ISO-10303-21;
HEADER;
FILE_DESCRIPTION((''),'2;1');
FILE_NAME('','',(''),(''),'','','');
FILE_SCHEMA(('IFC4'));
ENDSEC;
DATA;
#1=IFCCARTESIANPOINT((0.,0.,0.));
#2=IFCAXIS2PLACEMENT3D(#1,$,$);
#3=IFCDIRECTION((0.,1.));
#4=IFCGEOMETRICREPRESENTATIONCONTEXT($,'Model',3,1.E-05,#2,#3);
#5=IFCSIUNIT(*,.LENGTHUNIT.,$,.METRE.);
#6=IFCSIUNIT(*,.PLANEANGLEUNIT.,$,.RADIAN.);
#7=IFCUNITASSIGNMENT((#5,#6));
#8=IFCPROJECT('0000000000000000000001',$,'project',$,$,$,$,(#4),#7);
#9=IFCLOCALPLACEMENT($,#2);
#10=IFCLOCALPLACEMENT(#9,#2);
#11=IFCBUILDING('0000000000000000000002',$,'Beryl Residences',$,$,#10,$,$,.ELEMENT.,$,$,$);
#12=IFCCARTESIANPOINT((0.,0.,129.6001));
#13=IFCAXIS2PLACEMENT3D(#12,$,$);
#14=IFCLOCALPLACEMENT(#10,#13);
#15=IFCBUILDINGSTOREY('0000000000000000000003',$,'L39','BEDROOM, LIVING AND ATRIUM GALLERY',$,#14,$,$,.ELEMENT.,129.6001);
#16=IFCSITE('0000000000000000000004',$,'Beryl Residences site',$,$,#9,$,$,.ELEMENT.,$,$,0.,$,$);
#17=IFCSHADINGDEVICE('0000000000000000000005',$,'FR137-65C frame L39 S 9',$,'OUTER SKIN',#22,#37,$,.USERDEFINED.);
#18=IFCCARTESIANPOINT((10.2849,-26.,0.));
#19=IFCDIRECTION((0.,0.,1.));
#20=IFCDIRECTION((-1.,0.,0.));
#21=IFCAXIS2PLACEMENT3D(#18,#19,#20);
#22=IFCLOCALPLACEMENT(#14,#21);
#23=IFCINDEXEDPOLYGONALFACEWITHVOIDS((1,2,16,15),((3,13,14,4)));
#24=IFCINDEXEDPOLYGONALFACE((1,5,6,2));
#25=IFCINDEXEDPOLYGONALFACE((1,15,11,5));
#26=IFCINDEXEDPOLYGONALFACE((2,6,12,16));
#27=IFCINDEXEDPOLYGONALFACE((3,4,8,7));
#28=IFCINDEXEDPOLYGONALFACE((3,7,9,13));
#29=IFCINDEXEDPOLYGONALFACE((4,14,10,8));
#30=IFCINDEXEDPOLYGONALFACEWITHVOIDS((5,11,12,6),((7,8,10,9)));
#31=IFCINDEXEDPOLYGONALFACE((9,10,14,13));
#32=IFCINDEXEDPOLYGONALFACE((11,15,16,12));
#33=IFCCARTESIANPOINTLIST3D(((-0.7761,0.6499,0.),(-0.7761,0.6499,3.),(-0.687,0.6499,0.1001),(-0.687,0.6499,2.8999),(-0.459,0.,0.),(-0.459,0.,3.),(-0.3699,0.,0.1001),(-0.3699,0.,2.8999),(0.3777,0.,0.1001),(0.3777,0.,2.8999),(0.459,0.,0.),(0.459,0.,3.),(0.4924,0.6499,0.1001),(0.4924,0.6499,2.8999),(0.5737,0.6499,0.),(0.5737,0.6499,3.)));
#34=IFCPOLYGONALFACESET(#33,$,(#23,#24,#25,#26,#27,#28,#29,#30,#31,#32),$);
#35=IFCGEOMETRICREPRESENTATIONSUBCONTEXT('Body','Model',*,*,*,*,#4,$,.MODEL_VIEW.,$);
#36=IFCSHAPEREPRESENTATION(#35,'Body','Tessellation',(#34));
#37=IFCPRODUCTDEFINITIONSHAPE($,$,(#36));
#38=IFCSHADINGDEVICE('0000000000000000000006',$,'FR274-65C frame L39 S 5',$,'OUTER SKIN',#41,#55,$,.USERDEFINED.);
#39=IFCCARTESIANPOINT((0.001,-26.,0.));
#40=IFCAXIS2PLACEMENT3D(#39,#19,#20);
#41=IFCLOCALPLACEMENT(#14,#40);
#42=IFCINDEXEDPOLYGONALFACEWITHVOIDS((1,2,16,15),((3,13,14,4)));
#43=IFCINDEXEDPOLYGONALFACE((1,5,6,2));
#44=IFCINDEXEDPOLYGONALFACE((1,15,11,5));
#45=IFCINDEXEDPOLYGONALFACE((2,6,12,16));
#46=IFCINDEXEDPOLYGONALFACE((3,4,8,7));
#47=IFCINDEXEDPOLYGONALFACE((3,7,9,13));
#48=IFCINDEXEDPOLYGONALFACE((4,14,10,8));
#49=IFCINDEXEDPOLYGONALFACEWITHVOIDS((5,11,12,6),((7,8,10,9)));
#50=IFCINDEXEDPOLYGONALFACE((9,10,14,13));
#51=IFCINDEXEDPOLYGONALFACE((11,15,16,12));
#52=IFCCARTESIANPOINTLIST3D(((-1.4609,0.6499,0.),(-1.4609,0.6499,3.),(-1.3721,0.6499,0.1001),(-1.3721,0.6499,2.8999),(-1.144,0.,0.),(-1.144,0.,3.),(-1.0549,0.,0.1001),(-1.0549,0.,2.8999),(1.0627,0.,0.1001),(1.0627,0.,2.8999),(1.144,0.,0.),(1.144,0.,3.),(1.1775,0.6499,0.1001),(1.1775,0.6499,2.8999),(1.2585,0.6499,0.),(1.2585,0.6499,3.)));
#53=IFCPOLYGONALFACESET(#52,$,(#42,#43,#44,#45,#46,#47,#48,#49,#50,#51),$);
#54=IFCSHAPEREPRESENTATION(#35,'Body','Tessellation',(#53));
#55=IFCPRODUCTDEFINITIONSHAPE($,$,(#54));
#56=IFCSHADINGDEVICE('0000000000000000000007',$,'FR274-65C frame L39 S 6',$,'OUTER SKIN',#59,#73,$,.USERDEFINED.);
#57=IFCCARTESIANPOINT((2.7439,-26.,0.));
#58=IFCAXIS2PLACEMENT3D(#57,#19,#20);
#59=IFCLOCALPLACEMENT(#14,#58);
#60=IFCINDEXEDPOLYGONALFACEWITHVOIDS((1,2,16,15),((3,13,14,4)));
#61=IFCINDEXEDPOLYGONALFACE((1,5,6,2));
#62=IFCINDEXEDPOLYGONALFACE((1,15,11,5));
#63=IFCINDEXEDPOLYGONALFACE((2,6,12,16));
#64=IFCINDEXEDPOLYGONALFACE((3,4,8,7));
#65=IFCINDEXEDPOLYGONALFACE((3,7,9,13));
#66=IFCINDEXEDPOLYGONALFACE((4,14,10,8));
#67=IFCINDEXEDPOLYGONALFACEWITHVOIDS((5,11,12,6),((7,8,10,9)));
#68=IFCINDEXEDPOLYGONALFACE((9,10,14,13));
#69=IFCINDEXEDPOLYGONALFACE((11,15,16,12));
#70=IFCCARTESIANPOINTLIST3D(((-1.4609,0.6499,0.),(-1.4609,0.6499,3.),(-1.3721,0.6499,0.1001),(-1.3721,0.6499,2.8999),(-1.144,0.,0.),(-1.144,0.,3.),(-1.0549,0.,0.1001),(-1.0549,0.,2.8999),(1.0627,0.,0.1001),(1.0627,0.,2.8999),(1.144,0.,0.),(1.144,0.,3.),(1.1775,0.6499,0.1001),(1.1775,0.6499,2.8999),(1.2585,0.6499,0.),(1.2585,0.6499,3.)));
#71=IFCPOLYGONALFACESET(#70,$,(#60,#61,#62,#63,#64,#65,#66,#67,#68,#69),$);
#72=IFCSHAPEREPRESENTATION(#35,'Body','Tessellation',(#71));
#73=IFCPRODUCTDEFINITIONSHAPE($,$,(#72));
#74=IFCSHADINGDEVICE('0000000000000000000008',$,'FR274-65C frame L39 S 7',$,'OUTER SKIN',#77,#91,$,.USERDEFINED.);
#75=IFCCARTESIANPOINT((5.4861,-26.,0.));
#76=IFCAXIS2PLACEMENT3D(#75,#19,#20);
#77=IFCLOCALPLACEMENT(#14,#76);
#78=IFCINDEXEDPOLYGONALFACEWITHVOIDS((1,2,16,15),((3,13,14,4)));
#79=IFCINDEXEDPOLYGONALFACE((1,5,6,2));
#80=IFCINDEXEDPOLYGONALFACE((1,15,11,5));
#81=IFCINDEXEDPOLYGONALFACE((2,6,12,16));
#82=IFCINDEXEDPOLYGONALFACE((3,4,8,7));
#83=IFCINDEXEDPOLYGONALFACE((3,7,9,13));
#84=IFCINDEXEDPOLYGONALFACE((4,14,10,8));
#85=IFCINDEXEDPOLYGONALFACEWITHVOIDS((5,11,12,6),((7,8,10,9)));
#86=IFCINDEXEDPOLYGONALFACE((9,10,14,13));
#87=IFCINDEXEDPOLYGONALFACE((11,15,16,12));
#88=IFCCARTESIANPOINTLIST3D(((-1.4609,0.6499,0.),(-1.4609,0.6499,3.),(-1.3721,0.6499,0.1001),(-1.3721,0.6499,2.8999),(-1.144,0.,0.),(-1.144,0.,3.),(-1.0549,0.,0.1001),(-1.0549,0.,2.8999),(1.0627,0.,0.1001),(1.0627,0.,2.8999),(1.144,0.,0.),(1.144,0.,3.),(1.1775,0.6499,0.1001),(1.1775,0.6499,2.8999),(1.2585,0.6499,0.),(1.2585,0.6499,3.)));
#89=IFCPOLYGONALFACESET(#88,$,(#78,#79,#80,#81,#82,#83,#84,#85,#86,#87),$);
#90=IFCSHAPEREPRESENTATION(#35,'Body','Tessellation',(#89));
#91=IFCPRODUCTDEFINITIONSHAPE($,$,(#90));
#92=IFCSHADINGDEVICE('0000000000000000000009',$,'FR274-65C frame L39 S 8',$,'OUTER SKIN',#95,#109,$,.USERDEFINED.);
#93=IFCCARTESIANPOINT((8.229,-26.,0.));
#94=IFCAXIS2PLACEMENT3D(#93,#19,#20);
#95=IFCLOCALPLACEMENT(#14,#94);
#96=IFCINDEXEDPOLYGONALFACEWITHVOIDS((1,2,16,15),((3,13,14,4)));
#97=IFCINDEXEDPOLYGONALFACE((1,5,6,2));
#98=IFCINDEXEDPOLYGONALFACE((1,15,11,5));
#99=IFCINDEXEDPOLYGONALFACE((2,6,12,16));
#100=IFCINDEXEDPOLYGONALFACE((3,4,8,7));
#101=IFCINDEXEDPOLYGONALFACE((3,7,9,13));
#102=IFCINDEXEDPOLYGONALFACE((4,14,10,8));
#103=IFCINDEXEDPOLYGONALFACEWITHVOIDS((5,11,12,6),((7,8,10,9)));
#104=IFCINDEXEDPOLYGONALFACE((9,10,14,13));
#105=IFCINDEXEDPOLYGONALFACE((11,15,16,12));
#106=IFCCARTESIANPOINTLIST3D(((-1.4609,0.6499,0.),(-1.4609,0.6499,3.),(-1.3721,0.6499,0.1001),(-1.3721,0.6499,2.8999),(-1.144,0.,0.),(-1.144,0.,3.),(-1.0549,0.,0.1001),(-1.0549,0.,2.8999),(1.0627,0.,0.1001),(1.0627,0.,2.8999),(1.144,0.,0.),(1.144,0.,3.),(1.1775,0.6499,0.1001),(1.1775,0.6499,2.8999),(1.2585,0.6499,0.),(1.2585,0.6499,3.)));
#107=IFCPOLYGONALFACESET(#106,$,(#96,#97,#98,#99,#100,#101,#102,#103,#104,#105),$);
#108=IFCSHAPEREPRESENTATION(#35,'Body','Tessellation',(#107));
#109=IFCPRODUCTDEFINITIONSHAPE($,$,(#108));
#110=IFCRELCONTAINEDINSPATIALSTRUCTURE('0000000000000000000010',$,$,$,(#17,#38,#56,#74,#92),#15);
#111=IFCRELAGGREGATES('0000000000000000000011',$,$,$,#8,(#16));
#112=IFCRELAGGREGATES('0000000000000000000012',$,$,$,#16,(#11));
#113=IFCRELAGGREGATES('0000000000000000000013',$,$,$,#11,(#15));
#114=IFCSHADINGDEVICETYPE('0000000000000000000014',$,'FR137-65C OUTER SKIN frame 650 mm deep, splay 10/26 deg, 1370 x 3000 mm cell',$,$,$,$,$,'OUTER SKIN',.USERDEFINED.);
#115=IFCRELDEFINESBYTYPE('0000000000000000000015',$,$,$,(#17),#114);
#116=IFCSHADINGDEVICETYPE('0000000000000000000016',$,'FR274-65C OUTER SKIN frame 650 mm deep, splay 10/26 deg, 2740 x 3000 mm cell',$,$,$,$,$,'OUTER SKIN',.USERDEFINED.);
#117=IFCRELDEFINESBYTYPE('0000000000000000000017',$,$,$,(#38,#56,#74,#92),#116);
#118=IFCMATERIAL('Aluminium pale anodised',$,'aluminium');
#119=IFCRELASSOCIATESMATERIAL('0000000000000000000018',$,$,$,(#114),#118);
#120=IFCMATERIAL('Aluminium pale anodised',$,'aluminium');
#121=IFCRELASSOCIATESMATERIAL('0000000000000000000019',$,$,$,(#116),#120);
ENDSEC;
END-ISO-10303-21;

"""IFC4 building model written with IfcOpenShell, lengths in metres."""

from ifc_helpers import new_model, entity, si_unit, direction, frame, origin, place, context, subcontext, project, spatial, source, transform, mapped, material, type_object, type_shapes, element, save


model = new_model("IFC4")

# Units and contexts
model_context = context("Model", 3, precision=1e-05, world=origin(), true_north=direction((0.0, 1.0)))
body_context = subcontext(model_context, "Body", "Model", "MODEL_VIEW")
ifc_project = project(units=[si_unit("LENGTHUNIT", "METRE"), si_unit("PLANEANGLEUNIT", "RADIAN")], contexts=[model_context])

# Site, building, storey
site_placement = place(None, origin())
site = spatial("IfcSite", under=ifc_project, at=site_placement, Name="Beryl Residences site", CompositionType="ELEMENT", RefElevation=0.0)
building_placement = place(site_placement, origin())
building = spatial("IfcBuilding", under=site, at=building_placement, Name="Beryl Residences", CompositionType="ELEMENT")
storey_placement = place(building_placement, frame((0.0, 0.0, 129.6001)))
storey = spatial("IfcBuildingStorey", under=building, at=storey_placement, Name="L39", Description="BEDROOM, LIVING AND ATRIUM GALLERY", CompositionType="ELEMENT", Elevation=129.6001)

# Shading devices
ifc_material_1 = material(Name="Aluminium pale anodised", Category="aluminium")
shading_device_type_1 = type_object("IfcShadingDeviceType", Name="FR137-65C OUTER SKIN frame 650 mm deep, splay 10/26 deg, 1370 x 3000 mm cell", ElementType="OUTER SKIN", PredefinedType="USERDEFINED", material=ifc_material_1)
cartesian_point_1 = entity("IfcCartesianPoint", [-0.459, 0.0])
cartesian_point_2 = entity("IfcCartesianPoint", [-0.3777, 0.1001])
cartesian_point_3 = entity("IfcCartesianPoint", [-0.5737, 0.0])
cartesian_point_4 = entity("IfcCartesianPoint", [-0.4924, 0.1001])
shared_shape_1 = source(origin(), body_context, "Body", "SweptSolid", [
    entity("IfcExtrudedAreaSolidTapered", entity("IfcArbitraryProfileDefWithVoids", "AREA", None, entity("IfcPolyline", [cartesian_point_1, entity("IfcCartesianPoint", [0.459, 0.0]), entity("IfcCartesianPoint", [0.459, 3.0]), entity("IfcCartesianPoint", [-0.459, 3.0]), cartesian_point_1]), [entity("IfcPolyline", [cartesian_point_2, entity("IfcCartesianPoint", [0.3699, 0.1001]), entity("IfcCartesianPoint", [0.3699, 2.8999]), entity("IfcCartesianPoint", [-0.3777, 2.8999]), cartesian_point_2])]), entity("IfcAxis2Placement3D", entity("IfcCartesianPoint", [0.0, 0.0, 0.0]), entity("IfcDirection", [0.0, 1.0, 0.0]), entity("IfcDirection", [-1.0, 0.0, 0.0])), entity("IfcDirection", [0.0, 0.0, 1.0]), 0.6499, entity("IfcArbitraryProfileDefWithVoids", "AREA", None, entity("IfcPolyline", [cartesian_point_3, entity("IfcCartesianPoint", [0.7761, 0.0]), entity("IfcCartesianPoint", [0.7761, 3.0]), entity("IfcCartesianPoint", [-0.5737, 3.0]), cartesian_point_3]), [entity("IfcPolyline", [cartesian_point_4, entity("IfcCartesianPoint", [0.687, 0.1001]), entity("IfcCartesianPoint", [0.687, 2.8999]), entity("IfcCartesianPoint", [-0.4924, 2.8999]), cartesian_point_4])])),
])
type_shapes(shading_device_type_1, [shared_shape_1])
shading_device_placement = place(storey_placement, frame((10.2849, -26.0, 0.0), z_axis=(0.0, 0.0, 1.0), x_axis=(-1.0, 0.0, 0.0)))
element("IfcShadingDevice", 1, at=shading_device_placement, inside=storey, type_object=shading_device_type_1, Name="FR137-65C frame L39 S 9", ObjectType="OUTER SKIN", PredefinedType="USERDEFINED", context=body_context, shape_type="MappedRepresentation", body=[
    mapped(shared_shape_1, transform((0.0, 0.0, 0.0))),
])
ifc_material_2 = material(Name="Aluminium pale anodised", Category="aluminium")
shading_device_type_2 = type_object("IfcShadingDeviceType", Name="FR274-65C OUTER SKIN frame 650 mm deep, splay 10/26 deg, 2740 x 3000 mm cell", ElementType="OUTER SKIN", PredefinedType="USERDEFINED", material=ifc_material_2)
cartesian_point_5 = entity("IfcCartesianPoint", [-1.144, 0.0])
cartesian_point_6 = entity("IfcCartesianPoint", [-1.0627, 0.1001])
cartesian_point_7 = entity("IfcCartesianPoint", [-1.2585, 0.0])
cartesian_point_8 = entity("IfcCartesianPoint", [-1.1775, 0.1001])
shared_shape_2 = source(origin(), body_context, "Body", "SweptSolid", [
    entity("IfcExtrudedAreaSolidTapered", entity("IfcArbitraryProfileDefWithVoids", "AREA", None, entity("IfcPolyline", [cartesian_point_5, entity("IfcCartesianPoint", [1.144, 0.0]), entity("IfcCartesianPoint", [1.144, 3.0]), entity("IfcCartesianPoint", [-1.144, 3.0]), cartesian_point_5]), [entity("IfcPolyline", [cartesian_point_6, entity("IfcCartesianPoint", [1.0549, 0.1001]), entity("IfcCartesianPoint", [1.0549, 2.8999]), entity("IfcCartesianPoint", [-1.0627, 2.8999]), cartesian_point_6])]), entity("IfcAxis2Placement3D", entity("IfcCartesianPoint", [0.0, 0.0, 0.0]), entity("IfcDirection", [0.0, 1.0, 0.0]), entity("IfcDirection", [-1.0, 0.0, 0.0])), entity("IfcDirection", [0.0, 0.0, 1.0]), 0.6499, entity("IfcArbitraryProfileDefWithVoids", "AREA", None, entity("IfcPolyline", [cartesian_point_7, entity("IfcCartesianPoint", [1.4609, 0.0]), entity("IfcCartesianPoint", [1.4609, 3.0]), entity("IfcCartesianPoint", [-1.2585, 3.0]), cartesian_point_7]), [entity("IfcPolyline", [cartesian_point_8, entity("IfcCartesianPoint", [1.3721, 0.1001]), entity("IfcCartesianPoint", [1.3721, 2.8999]), entity("IfcCartesianPoint", [-1.1775, 2.8999]), cartesian_point_8])])),
])
type_shapes(shading_device_type_2, [shared_shape_2])
for number, where, z_axis, x_axis, name in (
    (2, (0.001, -26.0, 0.0), (0.0, 0.0, 1.0), (-1.0, 0.0, 0.0), "FR274-65C frame L39 S 5"),
    (3, (2.7439, -26.0, 0.0), (0.0, 0.0, 1.0), (-1.0, 0.0, 0.0), "FR274-65C frame L39 S 6"),
    (4, (5.4861, -26.0, 0.0), (0.0, 0.0, 1.0), (-1.0, 0.0, 0.0), "FR274-65C frame L39 S 7"),
    (5, (8.229, -26.0, 0.0), (0.0, 0.0, 1.0), (-1.0, 0.0, 0.0), "FR274-65C frame L39 S 8"),
):
    element("IfcShadingDevice", number, at=place(storey_placement, frame(where, z_axis=z_axis, x_axis=x_axis)), inside=storey, type_object=shading_device_type_2, Name=name, ObjectType="OUTER SKIN", PredefinedType="USERDEFINED", context=body_context, shape_type="MappedRepresentation", body=[
        mapped(shared_shape_2, transform((0.0, 0.0, 0.0))),
    ])

save(model, "model.ifc")
